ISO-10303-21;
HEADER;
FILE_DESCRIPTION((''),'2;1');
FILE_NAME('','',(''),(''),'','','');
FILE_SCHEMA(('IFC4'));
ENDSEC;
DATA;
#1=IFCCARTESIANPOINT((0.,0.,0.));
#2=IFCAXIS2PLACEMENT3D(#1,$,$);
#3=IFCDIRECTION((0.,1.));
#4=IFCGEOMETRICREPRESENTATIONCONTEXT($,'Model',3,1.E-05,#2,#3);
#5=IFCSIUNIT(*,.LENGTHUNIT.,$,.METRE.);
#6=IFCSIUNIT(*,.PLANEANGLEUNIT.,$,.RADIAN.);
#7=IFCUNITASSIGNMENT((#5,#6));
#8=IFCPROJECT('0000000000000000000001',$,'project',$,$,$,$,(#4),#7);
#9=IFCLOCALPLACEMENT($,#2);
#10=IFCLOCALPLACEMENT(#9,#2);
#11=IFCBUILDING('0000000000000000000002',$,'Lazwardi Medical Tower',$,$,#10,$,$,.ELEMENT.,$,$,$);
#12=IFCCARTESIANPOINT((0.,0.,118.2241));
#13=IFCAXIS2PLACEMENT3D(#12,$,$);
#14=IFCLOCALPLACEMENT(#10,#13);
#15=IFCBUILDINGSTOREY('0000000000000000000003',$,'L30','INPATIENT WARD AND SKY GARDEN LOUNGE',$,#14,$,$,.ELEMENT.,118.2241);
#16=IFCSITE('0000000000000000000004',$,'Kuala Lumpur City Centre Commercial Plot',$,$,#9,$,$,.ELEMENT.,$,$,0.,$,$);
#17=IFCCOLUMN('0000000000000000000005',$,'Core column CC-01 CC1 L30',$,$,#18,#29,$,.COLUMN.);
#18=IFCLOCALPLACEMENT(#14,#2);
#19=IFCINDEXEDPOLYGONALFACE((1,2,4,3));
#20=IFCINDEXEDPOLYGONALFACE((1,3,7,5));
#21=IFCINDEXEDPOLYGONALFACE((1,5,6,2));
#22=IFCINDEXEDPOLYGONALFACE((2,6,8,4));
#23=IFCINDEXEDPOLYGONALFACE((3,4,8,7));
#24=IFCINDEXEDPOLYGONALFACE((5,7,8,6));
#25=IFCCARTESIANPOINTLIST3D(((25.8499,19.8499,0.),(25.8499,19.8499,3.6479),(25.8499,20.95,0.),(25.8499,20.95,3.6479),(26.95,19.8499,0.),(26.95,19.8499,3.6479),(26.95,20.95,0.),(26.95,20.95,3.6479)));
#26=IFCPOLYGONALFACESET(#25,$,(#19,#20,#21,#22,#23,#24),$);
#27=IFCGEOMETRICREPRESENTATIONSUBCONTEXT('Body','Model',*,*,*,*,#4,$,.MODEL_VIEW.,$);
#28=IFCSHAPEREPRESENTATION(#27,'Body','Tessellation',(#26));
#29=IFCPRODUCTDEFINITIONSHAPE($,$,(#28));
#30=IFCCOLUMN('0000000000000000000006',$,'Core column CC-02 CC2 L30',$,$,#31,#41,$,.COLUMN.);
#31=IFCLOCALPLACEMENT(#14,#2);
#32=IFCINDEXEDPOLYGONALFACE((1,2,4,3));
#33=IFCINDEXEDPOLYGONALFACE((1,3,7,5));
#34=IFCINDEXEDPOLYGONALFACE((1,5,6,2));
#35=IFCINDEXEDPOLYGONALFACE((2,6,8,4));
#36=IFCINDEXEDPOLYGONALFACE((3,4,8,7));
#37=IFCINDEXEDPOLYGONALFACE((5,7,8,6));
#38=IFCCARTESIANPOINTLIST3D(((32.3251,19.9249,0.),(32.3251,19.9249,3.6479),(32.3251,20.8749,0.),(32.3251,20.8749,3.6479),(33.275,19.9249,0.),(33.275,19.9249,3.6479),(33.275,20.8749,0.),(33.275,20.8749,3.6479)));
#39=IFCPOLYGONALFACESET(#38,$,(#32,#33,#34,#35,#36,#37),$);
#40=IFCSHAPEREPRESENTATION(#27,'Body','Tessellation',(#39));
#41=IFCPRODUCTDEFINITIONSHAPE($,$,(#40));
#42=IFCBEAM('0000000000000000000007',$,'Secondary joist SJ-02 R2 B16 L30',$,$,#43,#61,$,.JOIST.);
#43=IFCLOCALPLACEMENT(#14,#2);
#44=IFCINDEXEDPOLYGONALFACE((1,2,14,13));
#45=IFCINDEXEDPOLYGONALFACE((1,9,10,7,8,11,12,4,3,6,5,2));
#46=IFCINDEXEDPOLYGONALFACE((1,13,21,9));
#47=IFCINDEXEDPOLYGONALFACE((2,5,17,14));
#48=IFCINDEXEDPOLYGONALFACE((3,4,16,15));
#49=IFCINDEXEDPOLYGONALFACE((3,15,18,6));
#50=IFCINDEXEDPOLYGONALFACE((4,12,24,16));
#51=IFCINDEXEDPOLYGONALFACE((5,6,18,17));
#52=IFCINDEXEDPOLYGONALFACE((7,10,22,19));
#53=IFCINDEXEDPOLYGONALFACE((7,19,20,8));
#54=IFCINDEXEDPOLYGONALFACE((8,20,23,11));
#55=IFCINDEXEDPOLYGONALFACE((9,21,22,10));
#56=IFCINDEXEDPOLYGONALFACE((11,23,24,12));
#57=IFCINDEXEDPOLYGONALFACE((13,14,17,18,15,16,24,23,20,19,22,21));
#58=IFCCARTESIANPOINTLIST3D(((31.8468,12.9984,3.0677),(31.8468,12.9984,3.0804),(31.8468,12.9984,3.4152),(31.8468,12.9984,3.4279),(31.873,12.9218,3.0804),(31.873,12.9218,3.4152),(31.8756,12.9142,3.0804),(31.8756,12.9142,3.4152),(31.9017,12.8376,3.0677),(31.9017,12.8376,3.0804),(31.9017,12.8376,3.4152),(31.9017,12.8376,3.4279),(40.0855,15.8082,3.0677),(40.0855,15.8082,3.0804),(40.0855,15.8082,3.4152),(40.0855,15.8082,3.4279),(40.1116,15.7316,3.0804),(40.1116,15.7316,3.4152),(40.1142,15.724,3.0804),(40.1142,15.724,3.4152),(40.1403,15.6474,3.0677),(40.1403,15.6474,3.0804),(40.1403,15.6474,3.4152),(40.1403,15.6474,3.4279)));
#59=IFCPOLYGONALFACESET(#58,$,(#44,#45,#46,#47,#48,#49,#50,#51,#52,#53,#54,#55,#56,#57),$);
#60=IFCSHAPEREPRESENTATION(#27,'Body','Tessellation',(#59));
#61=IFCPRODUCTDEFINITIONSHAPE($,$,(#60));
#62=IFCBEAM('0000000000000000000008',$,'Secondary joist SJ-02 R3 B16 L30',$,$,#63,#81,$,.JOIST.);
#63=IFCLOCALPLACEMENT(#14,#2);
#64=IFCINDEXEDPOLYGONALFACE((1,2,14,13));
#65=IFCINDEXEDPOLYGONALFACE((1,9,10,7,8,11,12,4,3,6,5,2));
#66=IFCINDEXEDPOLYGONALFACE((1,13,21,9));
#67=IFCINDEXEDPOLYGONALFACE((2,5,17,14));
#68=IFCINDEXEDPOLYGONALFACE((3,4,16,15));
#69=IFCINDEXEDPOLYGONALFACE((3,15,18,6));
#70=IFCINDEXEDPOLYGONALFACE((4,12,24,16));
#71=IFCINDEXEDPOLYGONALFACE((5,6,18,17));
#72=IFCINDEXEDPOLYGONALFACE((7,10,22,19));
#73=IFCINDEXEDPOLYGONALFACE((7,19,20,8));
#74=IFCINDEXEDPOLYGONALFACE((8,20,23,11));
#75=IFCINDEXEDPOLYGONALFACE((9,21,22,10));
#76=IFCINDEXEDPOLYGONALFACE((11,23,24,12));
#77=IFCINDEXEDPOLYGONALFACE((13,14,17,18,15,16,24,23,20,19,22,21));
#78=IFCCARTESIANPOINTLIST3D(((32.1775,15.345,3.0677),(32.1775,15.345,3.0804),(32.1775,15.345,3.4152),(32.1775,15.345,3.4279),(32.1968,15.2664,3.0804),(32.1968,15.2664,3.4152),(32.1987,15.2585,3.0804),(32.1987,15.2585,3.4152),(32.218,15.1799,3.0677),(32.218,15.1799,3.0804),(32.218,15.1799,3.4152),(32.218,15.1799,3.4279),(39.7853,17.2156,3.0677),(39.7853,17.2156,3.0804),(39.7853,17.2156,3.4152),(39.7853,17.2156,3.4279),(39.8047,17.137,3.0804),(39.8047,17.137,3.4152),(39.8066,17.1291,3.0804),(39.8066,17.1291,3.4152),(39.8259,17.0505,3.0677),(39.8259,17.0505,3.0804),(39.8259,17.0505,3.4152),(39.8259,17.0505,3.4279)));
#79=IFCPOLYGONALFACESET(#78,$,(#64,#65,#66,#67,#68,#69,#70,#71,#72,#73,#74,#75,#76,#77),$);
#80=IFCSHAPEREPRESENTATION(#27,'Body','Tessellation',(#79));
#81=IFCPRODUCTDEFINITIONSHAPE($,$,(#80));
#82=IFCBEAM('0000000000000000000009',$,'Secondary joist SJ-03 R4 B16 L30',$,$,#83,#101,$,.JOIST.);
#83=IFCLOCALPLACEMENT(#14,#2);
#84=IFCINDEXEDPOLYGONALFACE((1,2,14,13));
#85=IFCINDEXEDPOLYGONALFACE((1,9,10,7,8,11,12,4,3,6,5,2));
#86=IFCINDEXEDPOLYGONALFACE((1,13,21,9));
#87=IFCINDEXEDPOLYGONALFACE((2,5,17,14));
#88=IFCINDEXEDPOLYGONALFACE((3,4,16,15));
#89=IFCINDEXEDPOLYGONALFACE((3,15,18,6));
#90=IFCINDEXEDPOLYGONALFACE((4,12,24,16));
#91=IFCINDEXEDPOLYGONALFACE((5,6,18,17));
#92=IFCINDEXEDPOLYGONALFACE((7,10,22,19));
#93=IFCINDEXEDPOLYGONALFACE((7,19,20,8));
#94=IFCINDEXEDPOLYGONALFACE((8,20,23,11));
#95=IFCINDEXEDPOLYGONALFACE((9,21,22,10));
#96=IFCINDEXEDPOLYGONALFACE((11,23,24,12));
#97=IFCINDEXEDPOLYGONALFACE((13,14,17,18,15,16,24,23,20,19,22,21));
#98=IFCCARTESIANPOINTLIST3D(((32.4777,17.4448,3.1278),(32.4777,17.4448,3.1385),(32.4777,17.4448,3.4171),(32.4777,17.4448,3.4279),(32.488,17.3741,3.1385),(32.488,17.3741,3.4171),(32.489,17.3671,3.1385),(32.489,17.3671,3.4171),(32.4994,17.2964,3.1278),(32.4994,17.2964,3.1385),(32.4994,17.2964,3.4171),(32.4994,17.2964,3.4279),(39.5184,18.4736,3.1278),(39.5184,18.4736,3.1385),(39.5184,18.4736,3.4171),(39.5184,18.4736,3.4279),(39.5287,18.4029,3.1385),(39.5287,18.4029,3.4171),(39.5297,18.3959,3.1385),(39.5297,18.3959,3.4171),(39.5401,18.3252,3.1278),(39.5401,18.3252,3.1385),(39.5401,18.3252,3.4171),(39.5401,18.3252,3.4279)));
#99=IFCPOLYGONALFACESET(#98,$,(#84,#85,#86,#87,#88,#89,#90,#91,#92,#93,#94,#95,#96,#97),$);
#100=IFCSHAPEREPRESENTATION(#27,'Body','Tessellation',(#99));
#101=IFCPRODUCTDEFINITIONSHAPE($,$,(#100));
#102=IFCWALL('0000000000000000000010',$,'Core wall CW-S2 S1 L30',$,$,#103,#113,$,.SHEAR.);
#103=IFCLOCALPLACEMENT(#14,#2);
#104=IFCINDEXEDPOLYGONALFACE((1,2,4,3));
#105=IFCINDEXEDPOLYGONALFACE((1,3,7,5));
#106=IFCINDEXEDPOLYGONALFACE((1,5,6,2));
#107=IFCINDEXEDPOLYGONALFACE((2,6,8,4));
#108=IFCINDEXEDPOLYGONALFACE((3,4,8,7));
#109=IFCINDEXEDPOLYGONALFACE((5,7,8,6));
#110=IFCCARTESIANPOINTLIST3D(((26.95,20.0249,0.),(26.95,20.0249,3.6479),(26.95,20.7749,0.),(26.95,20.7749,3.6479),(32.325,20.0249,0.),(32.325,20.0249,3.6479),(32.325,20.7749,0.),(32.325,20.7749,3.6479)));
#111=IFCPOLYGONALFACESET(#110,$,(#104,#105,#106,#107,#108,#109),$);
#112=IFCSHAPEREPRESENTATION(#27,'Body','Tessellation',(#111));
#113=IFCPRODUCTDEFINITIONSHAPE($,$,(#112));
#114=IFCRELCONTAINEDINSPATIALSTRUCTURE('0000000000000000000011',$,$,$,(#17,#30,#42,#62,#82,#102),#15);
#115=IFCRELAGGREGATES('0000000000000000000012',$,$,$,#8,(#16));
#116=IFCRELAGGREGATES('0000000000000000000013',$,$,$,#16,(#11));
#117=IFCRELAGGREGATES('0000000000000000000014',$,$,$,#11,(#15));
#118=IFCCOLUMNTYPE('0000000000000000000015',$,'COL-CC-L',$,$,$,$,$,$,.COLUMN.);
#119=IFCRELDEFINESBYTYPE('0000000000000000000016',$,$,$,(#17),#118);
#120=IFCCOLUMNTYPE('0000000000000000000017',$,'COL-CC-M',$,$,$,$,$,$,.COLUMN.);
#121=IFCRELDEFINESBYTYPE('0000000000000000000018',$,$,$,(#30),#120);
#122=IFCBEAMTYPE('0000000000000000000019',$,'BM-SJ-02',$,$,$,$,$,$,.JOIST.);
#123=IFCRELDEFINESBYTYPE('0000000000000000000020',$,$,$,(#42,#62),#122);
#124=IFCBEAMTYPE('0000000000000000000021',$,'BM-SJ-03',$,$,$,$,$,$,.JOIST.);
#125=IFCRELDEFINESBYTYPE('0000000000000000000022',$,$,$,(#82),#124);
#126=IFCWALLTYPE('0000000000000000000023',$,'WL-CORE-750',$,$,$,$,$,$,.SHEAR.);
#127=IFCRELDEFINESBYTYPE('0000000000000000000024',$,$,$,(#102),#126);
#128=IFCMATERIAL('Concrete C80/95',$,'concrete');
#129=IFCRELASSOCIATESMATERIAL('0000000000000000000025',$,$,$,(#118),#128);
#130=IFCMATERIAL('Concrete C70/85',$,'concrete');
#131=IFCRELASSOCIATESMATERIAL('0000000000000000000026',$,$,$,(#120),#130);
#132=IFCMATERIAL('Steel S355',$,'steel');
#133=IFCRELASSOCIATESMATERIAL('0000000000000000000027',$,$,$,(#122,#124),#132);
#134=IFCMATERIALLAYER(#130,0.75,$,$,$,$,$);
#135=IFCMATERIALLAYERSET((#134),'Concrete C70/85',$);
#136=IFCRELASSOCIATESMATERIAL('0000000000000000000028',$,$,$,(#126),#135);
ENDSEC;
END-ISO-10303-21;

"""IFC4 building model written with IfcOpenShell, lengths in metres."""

from ifc_helpers import new_model, si_unit, direction, frame, frame_2d, origin, origin_2d, place, context, subcontext, project, spatial, rectangle, i_section, extrude, material, layer, layer_set, material_profile, profile_set, type_object, element, save


model = new_model("IFC4")

# Units and contexts
model_context = context("Model", 3, precision=1e-05, world=origin(), true_north=direction((0.0, 1.0)))
body_context = subcontext(model_context, "Body", "Model", "MODEL_VIEW")
ifc_project = project(units=[si_unit("LENGTHUNIT", "METRE"), si_unit("PLANEANGLEUNIT", "RADIAN")], contexts=[model_context])

# Site, building, storey
site_placement = place(None, origin())
site = spatial("IfcSite", under=ifc_project, at=site_placement, Name="Kuala Lumpur City Centre Commercial Plot", CompositionType="ELEMENT", RefElevation=0.0)
building_placement = place(site_placement, origin())
building = spatial("IfcBuilding", under=site, at=building_placement, Name="Lazwardi Medical Tower", CompositionType="ELEMENT")
storey_placement = place(building_placement, frame((0.0, 0.0, 118.2241)))
storey = spatial("IfcBuildingStorey", under=building, at=storey_placement, Name="L30", Description="INPATIENT WARD AND SKY GARDEN LOUNGE", CompositionType="ELEMENT", Elevation=118.2241)

# Columns
ifc_material_1 = material(Name="Concrete C80/95", Category="concrete")
ifc_material_profile_1 = material_profile(ifc_material_1, rectangle(XDim=1.1001, YDim=1.1001, at=origin_2d()), Name="RC 1100x1100")
ifc_profile_set_1 = profile_set([ifc_material_profile_1], Name="Concrete C80/95")
column_type_1 = type_object("IfcColumnType", Name="COL-CC-L", PredefinedType="COLUMN", material=ifc_profile_set_1)
column_1_placement = place(storey_placement, frame((26.3999, 20.3999, 0.0), z_axis=(0.0, 0.0, 1.0), x_axis=(1.0, 0.0, 0.0)))
element("IfcColumn", 1, at=column_1_placement, inside=storey, type_object=column_type_1, Name="Core column CC-01 CC1 L30", PredefinedType="COLUMN", context=body_context, shape_type="SweptSolid", body=[
    extrude(rectangle(XDim=1.1001, YDim=1.1001, at=origin_2d()), origin(), (0.0, 0.0, 1.0), 3.6479),
])
ifc_material_2 = material(Name="Concrete C70/85", Category="concrete")
ifc_material_profile_2 = material_profile(ifc_material_2, rectangle(XDim=0.95, YDim=0.95, at=origin_2d()), Name="RC 950x950")
ifc_profile_set_2 = profile_set([ifc_material_profile_2], Name="Concrete C70/85")
column_type_2 = type_object("IfcColumnType", Name="COL-CC-M", PredefinedType="COLUMN", material=ifc_profile_set_2)
column_2_placement = place(storey_placement, frame((32.8, 20.3999, 0.0), z_axis=(0.0, 0.0, 1.0), x_axis=(1.0, 0.0, 0.0)))
element("IfcColumn", 2, at=column_2_placement, inside=storey, type_object=column_type_2, Name="Core column CC-02 CC2 L30", PredefinedType="COLUMN", context=body_context, shape_type="SweptSolid", body=[
    extrude(rectangle(XDim=0.95, YDim=0.95, at=origin_2d()), origin(), (0.0, 0.0, 1.0), 3.6479),
])

# Beams
ifc_material_3 = material(Name="Steel S355", Category="steel")
ifc_material_profile_3 = material_profile(ifc_material_3, i_section(OverallWidth=0.1699, OverallDepth=0.3601, WebThickness=0.0081, FlangeThickness=0.0127, at=origin_2d()), Name="IPE 360")
ifc_profile_set_3 = profile_set([ifc_material_profile_3], Name="Steel S355")
beam_type_1 = type_object("IfcBeamType", Name="BM-SJ-02", PredefinedType="JOIST", material=ifc_profile_set_3)
beam_1_placement = place(storey_placement, frame((31.8743, 12.918, 3.2478), z_axis=(0.946467, 0.3228, 0.0), x_axis=(-0.3228, 0.946467, 0.0)))
element("IfcBeam", 3, at=beam_1_placement, inside=storey, type_object=beam_type_1, Name="Secondary joist SJ-02 R2 B16 L30", PredefinedType="JOIST", context=body_context, shape_type="SweptSolid", body=[
    extrude(i_section(OverallWidth=0.1699, OverallDepth=0.3601, WebThickness=0.0081, FlangeThickness=0.0127, at=origin_2d()), origin(), (0.0, 0.0, 1.0), 8.7046),
])
beam_2_placement = place(storey_placement, frame((32.1978, 15.2625, 3.2478), z_axis=(0.971077, 0.238765, 0.0), x_axis=(-0.238765, 0.971077, 0.0)))
element("IfcBeam", 4, at=beam_2_placement, inside=storey, type_object=beam_type_1, Name="Secondary joist SJ-02 R3 B16 L30", PredefinedType="JOIST", context=body_context, shape_type="SweptSolid", body=[
    extrude(i_section(OverallWidth=0.1699, OverallDepth=0.3601, WebThickness=0.0081, FlangeThickness=0.0127, at=origin_2d()), origin(), (0.0, 0.0, 1.0), 7.8345),
])
ifc_material_profile_4 = material_profile(ifc_material_3, i_section(OverallWidth=0.1499, OverallDepth=0.3, WebThickness=0.0071, FlangeThickness=0.0107, at=origin_2d()), Name="IPE 300")
ifc_profile_set_4 = profile_set([ifc_material_profile_4], Name="Steel S355")
beam_type_2 = type_object("IfcBeamType", Name="BM-SJ-03", PredefinedType="JOIST", material=ifc_profile_set_4)
beam_3_placement = place(storey_placement, frame((32.4885, 17.3706, 3.2778), z_axis=(0.989492, 0.144586, 0.0), x_axis=(-0.144586, 0.989492, 0.0)))
element("IfcBeam", 5, at=beam_3_placement, inside=storey, type_object=beam_type_2, Name="Secondary joist SJ-03 R4 B16 L30", PredefinedType="JOIST", context=body_context, shape_type="SweptSolid", body=[
    extrude(i_section(OverallWidth=0.1499, OverallDepth=0.3, WebThickness=0.0071, FlangeThickness=0.0107, at=origin_2d()), origin(), (0.0, 0.0, 1.0), 7.1155),
])

# Shared definitions
ifc_layer_1 = layer(ifc_material_2, 0.75)
ifc_layer_set_1 = layer_set([ifc_layer_1], Name="Concrete C70/85")
wall_type_1 = type_object("IfcWallType", Name="WL-CORE-750", PredefinedType="SHEAR", material=ifc_layer_set_1)

# Wall
wall_1_placement = place(storey_placement, frame((26.95, 20.3999, 0.0), z_axis=(0.0, 0.0, 1.0), x_axis=(1.0, 0.0, 0.0)))
element("IfcWall", 6, at=wall_1_placement, inside=storey, type_object=wall_type_1, Name="Core wall CW-S2 S1 L30", PredefinedType="SHEAR", context=body_context, shape_type="SweptSolid", body=[
    extrude(rectangle(XDim=5.375, YDim=0.75, at=frame_2d((2.6875, 0.0))), origin(), (0.0, 0.0, 1.0), 3.6479),
])

save(model, "model.ifc")
